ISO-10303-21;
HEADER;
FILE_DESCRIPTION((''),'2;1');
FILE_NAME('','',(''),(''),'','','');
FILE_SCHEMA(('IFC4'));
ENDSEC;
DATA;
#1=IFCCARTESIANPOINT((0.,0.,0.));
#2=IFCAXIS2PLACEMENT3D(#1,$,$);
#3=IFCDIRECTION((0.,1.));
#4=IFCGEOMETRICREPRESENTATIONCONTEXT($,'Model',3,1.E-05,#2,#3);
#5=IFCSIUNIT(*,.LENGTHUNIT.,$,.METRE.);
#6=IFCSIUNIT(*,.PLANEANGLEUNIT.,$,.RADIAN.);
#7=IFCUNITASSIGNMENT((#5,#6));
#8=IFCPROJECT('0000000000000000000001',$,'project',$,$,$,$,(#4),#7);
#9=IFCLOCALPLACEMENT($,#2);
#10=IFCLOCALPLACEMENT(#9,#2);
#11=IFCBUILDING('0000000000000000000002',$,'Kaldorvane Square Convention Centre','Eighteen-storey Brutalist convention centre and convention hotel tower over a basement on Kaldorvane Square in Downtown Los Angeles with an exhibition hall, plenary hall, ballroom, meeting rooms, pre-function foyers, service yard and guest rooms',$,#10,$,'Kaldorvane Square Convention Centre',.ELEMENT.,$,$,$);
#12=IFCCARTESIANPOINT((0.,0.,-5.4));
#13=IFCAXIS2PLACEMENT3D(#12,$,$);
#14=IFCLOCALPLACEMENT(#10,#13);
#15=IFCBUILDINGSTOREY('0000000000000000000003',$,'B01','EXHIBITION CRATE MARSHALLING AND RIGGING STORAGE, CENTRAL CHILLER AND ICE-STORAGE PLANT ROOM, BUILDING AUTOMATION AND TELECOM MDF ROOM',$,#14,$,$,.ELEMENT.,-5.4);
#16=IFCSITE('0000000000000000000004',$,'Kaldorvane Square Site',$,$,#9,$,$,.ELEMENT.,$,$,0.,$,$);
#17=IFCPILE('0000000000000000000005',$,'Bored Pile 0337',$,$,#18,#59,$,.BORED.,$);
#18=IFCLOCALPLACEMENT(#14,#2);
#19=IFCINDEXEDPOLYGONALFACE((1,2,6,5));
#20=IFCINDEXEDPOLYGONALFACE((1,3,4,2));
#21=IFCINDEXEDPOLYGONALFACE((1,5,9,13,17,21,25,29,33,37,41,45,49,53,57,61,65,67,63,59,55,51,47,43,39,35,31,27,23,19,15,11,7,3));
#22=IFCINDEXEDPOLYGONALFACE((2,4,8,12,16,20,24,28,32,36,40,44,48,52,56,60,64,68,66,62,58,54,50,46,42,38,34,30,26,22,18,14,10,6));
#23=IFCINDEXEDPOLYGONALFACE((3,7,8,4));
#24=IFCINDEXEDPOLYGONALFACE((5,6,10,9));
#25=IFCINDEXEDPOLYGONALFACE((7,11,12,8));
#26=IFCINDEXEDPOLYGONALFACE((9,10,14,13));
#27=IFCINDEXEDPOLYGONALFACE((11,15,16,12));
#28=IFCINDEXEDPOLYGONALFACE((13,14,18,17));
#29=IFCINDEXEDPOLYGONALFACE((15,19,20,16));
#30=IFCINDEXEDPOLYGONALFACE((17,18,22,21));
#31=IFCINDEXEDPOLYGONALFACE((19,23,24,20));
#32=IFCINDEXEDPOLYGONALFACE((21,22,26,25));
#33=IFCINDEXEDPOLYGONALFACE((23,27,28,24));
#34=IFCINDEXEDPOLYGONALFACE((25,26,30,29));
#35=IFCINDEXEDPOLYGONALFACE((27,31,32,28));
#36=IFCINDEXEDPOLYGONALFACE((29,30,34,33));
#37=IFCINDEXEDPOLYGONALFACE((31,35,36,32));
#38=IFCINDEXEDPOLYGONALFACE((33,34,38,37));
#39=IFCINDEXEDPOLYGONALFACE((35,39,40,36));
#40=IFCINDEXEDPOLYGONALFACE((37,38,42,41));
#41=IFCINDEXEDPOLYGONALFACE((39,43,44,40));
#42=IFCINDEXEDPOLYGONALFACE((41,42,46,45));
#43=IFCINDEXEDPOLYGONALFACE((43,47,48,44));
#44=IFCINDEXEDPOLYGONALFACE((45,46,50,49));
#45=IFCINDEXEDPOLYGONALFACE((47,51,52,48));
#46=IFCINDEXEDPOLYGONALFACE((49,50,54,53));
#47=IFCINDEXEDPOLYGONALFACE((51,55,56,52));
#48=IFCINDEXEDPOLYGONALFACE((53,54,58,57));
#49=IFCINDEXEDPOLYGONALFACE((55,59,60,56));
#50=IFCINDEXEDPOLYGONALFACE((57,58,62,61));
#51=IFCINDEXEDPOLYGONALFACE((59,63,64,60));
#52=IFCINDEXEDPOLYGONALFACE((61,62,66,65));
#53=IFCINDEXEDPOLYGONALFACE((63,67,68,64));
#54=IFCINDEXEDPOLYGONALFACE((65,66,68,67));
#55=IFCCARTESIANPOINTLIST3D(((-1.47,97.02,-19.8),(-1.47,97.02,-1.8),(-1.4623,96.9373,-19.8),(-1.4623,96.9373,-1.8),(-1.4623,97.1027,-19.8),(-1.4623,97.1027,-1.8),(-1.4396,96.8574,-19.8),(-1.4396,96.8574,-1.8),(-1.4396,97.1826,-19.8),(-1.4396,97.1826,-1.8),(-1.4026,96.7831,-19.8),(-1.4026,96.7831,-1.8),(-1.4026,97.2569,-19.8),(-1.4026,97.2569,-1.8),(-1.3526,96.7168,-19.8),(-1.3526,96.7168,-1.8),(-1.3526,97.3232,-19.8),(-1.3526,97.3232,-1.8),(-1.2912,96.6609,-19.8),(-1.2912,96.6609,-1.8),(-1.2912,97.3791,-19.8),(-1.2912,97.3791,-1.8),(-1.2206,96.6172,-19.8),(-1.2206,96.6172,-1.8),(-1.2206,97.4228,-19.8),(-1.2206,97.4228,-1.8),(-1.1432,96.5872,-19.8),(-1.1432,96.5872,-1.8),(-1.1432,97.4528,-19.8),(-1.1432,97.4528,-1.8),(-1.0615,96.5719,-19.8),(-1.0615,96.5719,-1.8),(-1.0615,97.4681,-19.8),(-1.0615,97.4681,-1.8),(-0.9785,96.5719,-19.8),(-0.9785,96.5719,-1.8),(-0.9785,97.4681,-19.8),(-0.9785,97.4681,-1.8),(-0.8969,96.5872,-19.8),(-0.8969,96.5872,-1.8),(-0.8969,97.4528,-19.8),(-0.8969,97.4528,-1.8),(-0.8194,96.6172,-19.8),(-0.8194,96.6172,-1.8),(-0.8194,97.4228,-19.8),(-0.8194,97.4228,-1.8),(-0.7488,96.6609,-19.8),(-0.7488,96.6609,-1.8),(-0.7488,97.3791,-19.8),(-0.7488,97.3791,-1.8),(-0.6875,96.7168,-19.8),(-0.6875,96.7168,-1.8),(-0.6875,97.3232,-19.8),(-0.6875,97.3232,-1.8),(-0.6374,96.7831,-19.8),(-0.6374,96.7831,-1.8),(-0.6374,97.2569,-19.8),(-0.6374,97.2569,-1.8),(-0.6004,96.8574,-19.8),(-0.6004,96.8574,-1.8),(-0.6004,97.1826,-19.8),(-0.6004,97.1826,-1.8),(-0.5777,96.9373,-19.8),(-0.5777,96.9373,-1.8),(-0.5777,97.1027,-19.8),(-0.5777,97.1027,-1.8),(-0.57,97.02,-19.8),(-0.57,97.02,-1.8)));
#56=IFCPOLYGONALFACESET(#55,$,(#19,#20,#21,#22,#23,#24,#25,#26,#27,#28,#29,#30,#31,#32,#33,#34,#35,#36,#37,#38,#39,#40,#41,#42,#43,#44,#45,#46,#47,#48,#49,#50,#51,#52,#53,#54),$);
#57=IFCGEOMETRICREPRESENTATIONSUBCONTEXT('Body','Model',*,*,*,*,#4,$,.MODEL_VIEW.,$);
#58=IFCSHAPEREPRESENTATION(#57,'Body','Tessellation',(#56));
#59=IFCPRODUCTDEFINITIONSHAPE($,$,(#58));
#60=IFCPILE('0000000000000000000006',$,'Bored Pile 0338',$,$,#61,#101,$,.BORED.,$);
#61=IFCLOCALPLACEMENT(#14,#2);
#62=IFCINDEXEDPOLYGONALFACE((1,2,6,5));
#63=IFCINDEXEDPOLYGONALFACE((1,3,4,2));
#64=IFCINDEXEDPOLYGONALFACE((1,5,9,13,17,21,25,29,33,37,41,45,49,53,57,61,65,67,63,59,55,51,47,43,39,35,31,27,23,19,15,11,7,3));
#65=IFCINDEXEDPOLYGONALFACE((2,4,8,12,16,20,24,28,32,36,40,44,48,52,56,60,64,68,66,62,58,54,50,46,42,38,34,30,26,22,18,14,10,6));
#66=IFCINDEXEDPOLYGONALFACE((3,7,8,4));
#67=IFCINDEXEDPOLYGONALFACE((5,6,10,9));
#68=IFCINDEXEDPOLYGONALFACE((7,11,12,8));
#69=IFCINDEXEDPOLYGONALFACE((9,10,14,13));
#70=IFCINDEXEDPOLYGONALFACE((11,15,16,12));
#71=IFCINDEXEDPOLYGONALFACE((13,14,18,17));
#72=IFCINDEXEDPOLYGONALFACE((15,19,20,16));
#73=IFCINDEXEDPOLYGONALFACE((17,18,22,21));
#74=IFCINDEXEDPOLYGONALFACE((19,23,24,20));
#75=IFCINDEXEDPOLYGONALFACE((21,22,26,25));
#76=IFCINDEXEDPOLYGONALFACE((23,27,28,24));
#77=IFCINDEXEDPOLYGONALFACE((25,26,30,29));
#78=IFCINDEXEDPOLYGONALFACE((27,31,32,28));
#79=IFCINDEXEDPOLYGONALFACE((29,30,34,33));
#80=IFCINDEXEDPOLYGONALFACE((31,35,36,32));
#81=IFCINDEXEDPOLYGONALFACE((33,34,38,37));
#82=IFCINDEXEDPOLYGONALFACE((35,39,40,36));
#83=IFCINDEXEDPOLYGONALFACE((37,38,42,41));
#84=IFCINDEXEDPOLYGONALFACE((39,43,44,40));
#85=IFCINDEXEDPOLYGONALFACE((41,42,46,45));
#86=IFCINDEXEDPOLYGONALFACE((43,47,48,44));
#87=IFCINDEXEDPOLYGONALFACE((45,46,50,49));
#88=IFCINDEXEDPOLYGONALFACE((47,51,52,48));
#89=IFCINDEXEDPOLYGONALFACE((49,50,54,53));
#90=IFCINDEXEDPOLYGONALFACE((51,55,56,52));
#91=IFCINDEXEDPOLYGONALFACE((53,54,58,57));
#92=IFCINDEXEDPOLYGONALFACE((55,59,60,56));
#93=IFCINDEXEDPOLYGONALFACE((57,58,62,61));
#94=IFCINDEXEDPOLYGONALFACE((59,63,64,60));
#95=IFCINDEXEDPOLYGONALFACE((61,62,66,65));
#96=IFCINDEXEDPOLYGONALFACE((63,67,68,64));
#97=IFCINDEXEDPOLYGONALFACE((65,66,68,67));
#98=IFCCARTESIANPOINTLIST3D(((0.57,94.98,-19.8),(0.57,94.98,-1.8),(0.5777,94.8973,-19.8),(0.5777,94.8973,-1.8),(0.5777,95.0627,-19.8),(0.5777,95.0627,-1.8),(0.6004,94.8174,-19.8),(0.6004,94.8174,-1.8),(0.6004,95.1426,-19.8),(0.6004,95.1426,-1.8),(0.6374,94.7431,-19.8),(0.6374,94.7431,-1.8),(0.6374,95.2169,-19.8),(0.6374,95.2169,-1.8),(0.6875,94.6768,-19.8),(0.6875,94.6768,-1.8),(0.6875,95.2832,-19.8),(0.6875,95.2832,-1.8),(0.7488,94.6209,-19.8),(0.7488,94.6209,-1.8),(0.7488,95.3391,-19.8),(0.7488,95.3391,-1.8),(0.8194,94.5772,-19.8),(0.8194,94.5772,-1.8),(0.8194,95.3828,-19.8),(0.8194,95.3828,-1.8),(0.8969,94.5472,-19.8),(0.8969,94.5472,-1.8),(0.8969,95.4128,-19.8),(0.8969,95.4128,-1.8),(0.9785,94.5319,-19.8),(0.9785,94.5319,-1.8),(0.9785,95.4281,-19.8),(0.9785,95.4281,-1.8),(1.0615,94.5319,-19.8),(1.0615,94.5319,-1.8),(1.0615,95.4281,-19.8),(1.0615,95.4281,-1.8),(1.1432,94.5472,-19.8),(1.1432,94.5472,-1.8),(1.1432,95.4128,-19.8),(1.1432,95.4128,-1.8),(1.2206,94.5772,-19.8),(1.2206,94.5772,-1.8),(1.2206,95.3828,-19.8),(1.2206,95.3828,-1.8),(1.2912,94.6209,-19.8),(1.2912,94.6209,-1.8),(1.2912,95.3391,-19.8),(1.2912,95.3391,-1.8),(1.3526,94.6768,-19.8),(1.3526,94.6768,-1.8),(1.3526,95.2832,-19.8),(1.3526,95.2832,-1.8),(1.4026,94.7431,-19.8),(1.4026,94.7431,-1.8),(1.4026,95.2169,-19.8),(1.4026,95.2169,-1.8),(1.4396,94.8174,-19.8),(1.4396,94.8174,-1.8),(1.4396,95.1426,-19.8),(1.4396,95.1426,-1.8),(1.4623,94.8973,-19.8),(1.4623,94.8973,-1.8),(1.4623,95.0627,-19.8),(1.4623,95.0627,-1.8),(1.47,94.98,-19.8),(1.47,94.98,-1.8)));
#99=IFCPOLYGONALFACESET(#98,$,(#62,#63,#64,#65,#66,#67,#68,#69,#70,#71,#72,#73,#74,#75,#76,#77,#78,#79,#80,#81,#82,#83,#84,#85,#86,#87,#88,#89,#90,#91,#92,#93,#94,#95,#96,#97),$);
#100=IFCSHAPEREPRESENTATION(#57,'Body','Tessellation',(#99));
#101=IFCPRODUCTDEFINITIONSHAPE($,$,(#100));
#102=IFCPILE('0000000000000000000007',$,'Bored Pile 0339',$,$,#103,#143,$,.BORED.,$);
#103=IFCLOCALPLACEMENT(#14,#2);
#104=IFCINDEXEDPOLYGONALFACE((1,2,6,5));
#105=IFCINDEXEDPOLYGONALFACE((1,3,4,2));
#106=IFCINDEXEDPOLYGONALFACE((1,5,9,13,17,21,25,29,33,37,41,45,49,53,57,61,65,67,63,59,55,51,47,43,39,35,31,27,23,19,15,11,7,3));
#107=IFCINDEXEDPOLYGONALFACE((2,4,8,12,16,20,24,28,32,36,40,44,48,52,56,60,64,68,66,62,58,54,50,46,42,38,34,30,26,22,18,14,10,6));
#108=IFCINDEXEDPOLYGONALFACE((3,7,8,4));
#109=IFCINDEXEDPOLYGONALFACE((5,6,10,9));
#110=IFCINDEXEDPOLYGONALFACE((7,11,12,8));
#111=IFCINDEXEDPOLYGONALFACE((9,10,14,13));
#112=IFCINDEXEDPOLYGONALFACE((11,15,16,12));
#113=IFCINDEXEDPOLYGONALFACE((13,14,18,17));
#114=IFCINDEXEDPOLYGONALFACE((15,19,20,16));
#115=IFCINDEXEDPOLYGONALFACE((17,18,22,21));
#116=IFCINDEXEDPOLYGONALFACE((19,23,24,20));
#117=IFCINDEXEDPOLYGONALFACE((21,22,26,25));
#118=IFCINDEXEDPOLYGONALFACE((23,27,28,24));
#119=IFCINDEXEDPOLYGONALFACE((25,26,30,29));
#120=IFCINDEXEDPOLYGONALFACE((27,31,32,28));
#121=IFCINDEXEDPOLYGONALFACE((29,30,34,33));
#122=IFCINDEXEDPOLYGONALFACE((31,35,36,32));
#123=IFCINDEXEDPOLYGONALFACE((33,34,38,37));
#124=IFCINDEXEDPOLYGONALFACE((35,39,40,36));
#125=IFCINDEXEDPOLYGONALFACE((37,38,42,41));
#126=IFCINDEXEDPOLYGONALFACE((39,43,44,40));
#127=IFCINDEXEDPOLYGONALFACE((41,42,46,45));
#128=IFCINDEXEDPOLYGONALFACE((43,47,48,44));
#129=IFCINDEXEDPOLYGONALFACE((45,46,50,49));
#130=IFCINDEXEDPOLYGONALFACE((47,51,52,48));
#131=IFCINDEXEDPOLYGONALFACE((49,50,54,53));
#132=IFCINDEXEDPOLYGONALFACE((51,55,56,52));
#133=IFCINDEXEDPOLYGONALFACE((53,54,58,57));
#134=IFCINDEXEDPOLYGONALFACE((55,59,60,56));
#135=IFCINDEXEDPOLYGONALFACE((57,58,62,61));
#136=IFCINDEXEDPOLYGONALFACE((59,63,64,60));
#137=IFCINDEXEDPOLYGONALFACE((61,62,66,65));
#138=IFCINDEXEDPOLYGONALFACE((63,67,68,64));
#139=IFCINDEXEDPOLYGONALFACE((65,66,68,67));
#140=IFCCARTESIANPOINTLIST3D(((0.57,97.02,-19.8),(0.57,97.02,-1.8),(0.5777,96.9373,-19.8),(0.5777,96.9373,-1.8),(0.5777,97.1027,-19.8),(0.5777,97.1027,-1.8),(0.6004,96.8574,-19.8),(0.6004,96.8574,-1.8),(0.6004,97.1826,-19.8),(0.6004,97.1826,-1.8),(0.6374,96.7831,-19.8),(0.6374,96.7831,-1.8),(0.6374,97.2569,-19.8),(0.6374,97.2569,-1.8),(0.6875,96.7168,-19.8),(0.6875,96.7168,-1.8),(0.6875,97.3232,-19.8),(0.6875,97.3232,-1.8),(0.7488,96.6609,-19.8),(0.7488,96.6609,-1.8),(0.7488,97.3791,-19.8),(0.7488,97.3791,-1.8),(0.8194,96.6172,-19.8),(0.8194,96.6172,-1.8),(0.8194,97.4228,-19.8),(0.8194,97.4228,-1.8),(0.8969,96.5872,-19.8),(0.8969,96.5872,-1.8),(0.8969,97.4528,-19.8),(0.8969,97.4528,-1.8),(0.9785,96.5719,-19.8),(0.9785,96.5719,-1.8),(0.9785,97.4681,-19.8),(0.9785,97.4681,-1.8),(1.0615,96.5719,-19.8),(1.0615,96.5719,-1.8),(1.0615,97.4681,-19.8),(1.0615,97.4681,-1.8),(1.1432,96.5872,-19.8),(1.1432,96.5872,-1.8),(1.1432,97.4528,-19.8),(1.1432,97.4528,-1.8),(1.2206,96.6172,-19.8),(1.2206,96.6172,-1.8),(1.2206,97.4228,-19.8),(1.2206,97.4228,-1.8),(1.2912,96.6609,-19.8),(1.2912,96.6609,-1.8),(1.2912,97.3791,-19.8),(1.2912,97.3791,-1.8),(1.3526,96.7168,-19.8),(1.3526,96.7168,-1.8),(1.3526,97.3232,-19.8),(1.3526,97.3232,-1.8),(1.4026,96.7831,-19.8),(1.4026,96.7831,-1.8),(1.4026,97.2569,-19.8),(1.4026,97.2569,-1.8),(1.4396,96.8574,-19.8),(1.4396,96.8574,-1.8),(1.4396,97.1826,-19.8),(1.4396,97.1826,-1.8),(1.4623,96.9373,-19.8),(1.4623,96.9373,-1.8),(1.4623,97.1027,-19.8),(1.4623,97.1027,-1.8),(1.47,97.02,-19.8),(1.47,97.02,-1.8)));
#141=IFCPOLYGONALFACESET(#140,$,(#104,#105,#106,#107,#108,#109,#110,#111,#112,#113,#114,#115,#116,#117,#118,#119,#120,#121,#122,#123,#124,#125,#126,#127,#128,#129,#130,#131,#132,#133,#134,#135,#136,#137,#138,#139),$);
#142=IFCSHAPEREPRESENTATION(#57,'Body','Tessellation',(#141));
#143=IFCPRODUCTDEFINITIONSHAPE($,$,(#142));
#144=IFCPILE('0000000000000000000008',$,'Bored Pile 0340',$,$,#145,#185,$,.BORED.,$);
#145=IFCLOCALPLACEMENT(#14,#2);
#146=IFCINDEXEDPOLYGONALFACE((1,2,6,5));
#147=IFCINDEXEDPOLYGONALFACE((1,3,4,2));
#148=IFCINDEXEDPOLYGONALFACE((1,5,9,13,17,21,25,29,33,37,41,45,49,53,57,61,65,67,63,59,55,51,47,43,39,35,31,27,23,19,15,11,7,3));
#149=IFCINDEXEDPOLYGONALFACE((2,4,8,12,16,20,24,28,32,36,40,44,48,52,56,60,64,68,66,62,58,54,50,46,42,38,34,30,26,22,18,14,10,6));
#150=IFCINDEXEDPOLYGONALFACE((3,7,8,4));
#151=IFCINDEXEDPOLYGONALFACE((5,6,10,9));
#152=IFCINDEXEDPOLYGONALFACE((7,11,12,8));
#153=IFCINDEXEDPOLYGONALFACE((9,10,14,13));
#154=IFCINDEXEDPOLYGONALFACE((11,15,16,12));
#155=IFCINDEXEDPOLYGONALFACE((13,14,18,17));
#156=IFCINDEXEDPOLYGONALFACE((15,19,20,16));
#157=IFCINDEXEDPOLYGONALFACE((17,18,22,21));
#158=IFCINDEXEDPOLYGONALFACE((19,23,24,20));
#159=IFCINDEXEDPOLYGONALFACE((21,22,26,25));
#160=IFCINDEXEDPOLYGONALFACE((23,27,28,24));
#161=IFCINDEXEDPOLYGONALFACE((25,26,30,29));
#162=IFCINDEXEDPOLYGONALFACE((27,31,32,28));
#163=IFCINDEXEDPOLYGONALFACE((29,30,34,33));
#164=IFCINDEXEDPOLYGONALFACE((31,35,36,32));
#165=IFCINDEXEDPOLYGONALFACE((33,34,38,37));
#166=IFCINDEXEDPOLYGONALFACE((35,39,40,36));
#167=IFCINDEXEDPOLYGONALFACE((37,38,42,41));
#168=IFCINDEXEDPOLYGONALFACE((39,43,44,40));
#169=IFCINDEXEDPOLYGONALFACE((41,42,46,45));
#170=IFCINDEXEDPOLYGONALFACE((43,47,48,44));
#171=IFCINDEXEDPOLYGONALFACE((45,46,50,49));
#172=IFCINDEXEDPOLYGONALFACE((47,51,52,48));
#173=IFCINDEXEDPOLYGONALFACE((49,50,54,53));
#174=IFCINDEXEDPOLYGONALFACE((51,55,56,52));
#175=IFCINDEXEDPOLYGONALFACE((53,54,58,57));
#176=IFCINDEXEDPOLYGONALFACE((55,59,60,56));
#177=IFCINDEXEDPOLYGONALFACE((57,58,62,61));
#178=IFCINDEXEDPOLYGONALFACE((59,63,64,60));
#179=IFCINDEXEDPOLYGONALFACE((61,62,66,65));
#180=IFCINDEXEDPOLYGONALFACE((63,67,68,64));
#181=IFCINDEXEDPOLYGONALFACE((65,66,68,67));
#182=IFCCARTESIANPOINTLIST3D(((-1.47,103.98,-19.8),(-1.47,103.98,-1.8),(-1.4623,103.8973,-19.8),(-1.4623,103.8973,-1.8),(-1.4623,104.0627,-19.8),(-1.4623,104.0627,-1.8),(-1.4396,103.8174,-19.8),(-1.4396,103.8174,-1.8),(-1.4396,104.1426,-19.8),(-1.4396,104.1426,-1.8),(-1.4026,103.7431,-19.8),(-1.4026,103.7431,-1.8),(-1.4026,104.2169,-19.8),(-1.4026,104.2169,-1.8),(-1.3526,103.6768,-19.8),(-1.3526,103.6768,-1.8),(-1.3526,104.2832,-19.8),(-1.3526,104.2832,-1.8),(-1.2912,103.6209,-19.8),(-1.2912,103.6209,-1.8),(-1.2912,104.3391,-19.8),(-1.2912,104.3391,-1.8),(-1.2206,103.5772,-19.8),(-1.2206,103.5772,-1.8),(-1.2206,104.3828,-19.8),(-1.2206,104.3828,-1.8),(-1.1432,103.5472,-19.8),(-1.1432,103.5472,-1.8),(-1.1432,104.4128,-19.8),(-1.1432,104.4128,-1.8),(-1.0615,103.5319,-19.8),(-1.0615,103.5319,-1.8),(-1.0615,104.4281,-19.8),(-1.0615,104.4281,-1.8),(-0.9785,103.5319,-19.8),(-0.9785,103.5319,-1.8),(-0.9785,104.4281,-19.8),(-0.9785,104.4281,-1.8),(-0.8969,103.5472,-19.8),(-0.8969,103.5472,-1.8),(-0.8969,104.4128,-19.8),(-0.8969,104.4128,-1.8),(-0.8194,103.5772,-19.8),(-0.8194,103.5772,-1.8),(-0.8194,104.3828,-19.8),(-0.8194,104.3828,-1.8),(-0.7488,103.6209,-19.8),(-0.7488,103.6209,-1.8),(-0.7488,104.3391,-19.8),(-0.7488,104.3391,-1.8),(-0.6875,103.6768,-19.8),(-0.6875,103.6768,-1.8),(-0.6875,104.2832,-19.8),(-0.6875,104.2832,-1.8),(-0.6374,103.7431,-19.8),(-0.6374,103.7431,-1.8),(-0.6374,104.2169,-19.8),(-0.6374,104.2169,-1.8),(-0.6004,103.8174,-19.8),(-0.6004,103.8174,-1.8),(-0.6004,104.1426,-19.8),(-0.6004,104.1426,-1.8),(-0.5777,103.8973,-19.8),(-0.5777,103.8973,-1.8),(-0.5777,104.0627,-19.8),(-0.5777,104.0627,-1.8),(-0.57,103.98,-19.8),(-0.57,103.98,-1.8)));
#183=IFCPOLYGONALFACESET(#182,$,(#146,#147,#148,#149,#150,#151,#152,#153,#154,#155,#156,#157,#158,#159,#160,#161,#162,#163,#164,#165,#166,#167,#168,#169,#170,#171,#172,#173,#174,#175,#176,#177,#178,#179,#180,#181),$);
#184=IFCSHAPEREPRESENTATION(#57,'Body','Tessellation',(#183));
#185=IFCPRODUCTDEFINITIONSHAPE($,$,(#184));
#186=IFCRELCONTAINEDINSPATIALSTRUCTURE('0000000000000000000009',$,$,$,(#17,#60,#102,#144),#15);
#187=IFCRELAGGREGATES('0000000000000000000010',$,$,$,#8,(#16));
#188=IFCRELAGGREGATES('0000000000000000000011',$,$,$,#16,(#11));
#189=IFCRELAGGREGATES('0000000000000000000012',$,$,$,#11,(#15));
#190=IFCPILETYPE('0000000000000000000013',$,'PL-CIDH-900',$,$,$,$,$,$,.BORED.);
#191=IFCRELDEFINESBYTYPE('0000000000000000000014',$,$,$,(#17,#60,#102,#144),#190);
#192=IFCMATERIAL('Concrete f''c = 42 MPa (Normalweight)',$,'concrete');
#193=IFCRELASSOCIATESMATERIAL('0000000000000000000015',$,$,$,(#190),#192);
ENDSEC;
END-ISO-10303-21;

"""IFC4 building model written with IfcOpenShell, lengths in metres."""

from ifc_helpers import new_model, si_unit, direction, frame, origin, origin_2d, place, context, subcontext, project, spatial, circle, extrude, material, material_profile, profile_set, type_object, element, save


model = new_model("IFC4")

# Units and contexts
model_context = context("Model", 3, precision=1e-05, world=origin(), true_north=direction((0.0, 1.0)))
body_context = subcontext(model_context, "Body", "Model", "MODEL_VIEW")
ifc_project = project(units=[si_unit("LENGTHUNIT", "METRE"), si_unit("PLANEANGLEUNIT", "RADIAN")], contexts=[model_context])

# Site, building, storey
site_placement = place(None, origin())
site = spatial("IfcSite", under=ifc_project, at=site_placement, Name="Kaldorvane Square Site", CompositionType="ELEMENT", RefElevation=0.0)
building_placement = place(site_placement, origin())
building = spatial("IfcBuilding", under=site, at=building_placement, Name="Kaldorvane Square Convention Centre", Description="Eighteen-storey Brutalist convention centre and convention hotel tower over a basement on Kaldorvane Square in Downtown Los Angeles with an exhibition hall, plenary hall, ballroom, meeting rooms, pre-function foyers, service yard and guest rooms", LongName="Kaldorvane Square Convention Centre", CompositionType="ELEMENT")
storey_placement = place(building_placement, frame((0.0, 0.0, -5.4)))
storey = spatial("IfcBuildingStorey", under=building, at=storey_placement, Name="B01", Description="EXHIBITION CRATE MARSHALLING AND RIGGING STORAGE, CENTRAL CHILLER AND ICE-STORAGE PLANT ROOM, BUILDING AUTOMATION AND TELECOM MDF ROOM", CompositionType="ELEMENT", Elevation=-5.4)

# Shared definitions
ifc_material_1 = material(Name="Concrete f'c = 42 MPa (Normalweight)", Category="concrete")

# Piles
ifc_material_profile_1 = material_profile(ifc_material_1, circle(Radius=0.45, at=origin_2d()), Name="PILE-D900")
ifc_profile_set_1 = profile_set([ifc_material_profile_1], Name="Concrete f'c = 42 MPa (Normalweight)")
pile_type_1 = type_object("IfcPileType", Name="PL-CIDH-900", PredefinedType="BORED", material=ifc_profile_set_1)
for number, where, z_axis, x_axis, name in (
    (1, (-1.02, 97.02, -1.8), (0.0, 0.0, -1.0), (1.0, 0.0, 0.0), "Bored Pile 0337"),
    (2, (1.02, 94.98, -1.8), (0.0, 0.0, -1.0), (1.0, 0.0, 0.0), "Bored Pile 0338"),
    (3, (1.02, 97.02, -1.8), (0.0, 0.0, -1.0), (1.0, 0.0, 0.0), "Bored Pile 0339"),
    (4, (-1.02, 103.98, -1.8), (0.0, 0.0, -1.0), (1.0, 0.0, 0.0), "Bored Pile 0340"),
):
    element("IfcPile", number, at=place(storey_placement, frame(where, z_axis=z_axis, x_axis=x_axis)), inside=storey, type_object=pile_type_1, Name=name, PredefinedType="BORED", context=body_context, shape_type="SweptSolid", body=[
        extrude(circle(Radius=0.45, at=origin_2d()), origin(), (0.0, 0.0, 1.0), 18.0),
    ])

save(model, "model.ifc")
